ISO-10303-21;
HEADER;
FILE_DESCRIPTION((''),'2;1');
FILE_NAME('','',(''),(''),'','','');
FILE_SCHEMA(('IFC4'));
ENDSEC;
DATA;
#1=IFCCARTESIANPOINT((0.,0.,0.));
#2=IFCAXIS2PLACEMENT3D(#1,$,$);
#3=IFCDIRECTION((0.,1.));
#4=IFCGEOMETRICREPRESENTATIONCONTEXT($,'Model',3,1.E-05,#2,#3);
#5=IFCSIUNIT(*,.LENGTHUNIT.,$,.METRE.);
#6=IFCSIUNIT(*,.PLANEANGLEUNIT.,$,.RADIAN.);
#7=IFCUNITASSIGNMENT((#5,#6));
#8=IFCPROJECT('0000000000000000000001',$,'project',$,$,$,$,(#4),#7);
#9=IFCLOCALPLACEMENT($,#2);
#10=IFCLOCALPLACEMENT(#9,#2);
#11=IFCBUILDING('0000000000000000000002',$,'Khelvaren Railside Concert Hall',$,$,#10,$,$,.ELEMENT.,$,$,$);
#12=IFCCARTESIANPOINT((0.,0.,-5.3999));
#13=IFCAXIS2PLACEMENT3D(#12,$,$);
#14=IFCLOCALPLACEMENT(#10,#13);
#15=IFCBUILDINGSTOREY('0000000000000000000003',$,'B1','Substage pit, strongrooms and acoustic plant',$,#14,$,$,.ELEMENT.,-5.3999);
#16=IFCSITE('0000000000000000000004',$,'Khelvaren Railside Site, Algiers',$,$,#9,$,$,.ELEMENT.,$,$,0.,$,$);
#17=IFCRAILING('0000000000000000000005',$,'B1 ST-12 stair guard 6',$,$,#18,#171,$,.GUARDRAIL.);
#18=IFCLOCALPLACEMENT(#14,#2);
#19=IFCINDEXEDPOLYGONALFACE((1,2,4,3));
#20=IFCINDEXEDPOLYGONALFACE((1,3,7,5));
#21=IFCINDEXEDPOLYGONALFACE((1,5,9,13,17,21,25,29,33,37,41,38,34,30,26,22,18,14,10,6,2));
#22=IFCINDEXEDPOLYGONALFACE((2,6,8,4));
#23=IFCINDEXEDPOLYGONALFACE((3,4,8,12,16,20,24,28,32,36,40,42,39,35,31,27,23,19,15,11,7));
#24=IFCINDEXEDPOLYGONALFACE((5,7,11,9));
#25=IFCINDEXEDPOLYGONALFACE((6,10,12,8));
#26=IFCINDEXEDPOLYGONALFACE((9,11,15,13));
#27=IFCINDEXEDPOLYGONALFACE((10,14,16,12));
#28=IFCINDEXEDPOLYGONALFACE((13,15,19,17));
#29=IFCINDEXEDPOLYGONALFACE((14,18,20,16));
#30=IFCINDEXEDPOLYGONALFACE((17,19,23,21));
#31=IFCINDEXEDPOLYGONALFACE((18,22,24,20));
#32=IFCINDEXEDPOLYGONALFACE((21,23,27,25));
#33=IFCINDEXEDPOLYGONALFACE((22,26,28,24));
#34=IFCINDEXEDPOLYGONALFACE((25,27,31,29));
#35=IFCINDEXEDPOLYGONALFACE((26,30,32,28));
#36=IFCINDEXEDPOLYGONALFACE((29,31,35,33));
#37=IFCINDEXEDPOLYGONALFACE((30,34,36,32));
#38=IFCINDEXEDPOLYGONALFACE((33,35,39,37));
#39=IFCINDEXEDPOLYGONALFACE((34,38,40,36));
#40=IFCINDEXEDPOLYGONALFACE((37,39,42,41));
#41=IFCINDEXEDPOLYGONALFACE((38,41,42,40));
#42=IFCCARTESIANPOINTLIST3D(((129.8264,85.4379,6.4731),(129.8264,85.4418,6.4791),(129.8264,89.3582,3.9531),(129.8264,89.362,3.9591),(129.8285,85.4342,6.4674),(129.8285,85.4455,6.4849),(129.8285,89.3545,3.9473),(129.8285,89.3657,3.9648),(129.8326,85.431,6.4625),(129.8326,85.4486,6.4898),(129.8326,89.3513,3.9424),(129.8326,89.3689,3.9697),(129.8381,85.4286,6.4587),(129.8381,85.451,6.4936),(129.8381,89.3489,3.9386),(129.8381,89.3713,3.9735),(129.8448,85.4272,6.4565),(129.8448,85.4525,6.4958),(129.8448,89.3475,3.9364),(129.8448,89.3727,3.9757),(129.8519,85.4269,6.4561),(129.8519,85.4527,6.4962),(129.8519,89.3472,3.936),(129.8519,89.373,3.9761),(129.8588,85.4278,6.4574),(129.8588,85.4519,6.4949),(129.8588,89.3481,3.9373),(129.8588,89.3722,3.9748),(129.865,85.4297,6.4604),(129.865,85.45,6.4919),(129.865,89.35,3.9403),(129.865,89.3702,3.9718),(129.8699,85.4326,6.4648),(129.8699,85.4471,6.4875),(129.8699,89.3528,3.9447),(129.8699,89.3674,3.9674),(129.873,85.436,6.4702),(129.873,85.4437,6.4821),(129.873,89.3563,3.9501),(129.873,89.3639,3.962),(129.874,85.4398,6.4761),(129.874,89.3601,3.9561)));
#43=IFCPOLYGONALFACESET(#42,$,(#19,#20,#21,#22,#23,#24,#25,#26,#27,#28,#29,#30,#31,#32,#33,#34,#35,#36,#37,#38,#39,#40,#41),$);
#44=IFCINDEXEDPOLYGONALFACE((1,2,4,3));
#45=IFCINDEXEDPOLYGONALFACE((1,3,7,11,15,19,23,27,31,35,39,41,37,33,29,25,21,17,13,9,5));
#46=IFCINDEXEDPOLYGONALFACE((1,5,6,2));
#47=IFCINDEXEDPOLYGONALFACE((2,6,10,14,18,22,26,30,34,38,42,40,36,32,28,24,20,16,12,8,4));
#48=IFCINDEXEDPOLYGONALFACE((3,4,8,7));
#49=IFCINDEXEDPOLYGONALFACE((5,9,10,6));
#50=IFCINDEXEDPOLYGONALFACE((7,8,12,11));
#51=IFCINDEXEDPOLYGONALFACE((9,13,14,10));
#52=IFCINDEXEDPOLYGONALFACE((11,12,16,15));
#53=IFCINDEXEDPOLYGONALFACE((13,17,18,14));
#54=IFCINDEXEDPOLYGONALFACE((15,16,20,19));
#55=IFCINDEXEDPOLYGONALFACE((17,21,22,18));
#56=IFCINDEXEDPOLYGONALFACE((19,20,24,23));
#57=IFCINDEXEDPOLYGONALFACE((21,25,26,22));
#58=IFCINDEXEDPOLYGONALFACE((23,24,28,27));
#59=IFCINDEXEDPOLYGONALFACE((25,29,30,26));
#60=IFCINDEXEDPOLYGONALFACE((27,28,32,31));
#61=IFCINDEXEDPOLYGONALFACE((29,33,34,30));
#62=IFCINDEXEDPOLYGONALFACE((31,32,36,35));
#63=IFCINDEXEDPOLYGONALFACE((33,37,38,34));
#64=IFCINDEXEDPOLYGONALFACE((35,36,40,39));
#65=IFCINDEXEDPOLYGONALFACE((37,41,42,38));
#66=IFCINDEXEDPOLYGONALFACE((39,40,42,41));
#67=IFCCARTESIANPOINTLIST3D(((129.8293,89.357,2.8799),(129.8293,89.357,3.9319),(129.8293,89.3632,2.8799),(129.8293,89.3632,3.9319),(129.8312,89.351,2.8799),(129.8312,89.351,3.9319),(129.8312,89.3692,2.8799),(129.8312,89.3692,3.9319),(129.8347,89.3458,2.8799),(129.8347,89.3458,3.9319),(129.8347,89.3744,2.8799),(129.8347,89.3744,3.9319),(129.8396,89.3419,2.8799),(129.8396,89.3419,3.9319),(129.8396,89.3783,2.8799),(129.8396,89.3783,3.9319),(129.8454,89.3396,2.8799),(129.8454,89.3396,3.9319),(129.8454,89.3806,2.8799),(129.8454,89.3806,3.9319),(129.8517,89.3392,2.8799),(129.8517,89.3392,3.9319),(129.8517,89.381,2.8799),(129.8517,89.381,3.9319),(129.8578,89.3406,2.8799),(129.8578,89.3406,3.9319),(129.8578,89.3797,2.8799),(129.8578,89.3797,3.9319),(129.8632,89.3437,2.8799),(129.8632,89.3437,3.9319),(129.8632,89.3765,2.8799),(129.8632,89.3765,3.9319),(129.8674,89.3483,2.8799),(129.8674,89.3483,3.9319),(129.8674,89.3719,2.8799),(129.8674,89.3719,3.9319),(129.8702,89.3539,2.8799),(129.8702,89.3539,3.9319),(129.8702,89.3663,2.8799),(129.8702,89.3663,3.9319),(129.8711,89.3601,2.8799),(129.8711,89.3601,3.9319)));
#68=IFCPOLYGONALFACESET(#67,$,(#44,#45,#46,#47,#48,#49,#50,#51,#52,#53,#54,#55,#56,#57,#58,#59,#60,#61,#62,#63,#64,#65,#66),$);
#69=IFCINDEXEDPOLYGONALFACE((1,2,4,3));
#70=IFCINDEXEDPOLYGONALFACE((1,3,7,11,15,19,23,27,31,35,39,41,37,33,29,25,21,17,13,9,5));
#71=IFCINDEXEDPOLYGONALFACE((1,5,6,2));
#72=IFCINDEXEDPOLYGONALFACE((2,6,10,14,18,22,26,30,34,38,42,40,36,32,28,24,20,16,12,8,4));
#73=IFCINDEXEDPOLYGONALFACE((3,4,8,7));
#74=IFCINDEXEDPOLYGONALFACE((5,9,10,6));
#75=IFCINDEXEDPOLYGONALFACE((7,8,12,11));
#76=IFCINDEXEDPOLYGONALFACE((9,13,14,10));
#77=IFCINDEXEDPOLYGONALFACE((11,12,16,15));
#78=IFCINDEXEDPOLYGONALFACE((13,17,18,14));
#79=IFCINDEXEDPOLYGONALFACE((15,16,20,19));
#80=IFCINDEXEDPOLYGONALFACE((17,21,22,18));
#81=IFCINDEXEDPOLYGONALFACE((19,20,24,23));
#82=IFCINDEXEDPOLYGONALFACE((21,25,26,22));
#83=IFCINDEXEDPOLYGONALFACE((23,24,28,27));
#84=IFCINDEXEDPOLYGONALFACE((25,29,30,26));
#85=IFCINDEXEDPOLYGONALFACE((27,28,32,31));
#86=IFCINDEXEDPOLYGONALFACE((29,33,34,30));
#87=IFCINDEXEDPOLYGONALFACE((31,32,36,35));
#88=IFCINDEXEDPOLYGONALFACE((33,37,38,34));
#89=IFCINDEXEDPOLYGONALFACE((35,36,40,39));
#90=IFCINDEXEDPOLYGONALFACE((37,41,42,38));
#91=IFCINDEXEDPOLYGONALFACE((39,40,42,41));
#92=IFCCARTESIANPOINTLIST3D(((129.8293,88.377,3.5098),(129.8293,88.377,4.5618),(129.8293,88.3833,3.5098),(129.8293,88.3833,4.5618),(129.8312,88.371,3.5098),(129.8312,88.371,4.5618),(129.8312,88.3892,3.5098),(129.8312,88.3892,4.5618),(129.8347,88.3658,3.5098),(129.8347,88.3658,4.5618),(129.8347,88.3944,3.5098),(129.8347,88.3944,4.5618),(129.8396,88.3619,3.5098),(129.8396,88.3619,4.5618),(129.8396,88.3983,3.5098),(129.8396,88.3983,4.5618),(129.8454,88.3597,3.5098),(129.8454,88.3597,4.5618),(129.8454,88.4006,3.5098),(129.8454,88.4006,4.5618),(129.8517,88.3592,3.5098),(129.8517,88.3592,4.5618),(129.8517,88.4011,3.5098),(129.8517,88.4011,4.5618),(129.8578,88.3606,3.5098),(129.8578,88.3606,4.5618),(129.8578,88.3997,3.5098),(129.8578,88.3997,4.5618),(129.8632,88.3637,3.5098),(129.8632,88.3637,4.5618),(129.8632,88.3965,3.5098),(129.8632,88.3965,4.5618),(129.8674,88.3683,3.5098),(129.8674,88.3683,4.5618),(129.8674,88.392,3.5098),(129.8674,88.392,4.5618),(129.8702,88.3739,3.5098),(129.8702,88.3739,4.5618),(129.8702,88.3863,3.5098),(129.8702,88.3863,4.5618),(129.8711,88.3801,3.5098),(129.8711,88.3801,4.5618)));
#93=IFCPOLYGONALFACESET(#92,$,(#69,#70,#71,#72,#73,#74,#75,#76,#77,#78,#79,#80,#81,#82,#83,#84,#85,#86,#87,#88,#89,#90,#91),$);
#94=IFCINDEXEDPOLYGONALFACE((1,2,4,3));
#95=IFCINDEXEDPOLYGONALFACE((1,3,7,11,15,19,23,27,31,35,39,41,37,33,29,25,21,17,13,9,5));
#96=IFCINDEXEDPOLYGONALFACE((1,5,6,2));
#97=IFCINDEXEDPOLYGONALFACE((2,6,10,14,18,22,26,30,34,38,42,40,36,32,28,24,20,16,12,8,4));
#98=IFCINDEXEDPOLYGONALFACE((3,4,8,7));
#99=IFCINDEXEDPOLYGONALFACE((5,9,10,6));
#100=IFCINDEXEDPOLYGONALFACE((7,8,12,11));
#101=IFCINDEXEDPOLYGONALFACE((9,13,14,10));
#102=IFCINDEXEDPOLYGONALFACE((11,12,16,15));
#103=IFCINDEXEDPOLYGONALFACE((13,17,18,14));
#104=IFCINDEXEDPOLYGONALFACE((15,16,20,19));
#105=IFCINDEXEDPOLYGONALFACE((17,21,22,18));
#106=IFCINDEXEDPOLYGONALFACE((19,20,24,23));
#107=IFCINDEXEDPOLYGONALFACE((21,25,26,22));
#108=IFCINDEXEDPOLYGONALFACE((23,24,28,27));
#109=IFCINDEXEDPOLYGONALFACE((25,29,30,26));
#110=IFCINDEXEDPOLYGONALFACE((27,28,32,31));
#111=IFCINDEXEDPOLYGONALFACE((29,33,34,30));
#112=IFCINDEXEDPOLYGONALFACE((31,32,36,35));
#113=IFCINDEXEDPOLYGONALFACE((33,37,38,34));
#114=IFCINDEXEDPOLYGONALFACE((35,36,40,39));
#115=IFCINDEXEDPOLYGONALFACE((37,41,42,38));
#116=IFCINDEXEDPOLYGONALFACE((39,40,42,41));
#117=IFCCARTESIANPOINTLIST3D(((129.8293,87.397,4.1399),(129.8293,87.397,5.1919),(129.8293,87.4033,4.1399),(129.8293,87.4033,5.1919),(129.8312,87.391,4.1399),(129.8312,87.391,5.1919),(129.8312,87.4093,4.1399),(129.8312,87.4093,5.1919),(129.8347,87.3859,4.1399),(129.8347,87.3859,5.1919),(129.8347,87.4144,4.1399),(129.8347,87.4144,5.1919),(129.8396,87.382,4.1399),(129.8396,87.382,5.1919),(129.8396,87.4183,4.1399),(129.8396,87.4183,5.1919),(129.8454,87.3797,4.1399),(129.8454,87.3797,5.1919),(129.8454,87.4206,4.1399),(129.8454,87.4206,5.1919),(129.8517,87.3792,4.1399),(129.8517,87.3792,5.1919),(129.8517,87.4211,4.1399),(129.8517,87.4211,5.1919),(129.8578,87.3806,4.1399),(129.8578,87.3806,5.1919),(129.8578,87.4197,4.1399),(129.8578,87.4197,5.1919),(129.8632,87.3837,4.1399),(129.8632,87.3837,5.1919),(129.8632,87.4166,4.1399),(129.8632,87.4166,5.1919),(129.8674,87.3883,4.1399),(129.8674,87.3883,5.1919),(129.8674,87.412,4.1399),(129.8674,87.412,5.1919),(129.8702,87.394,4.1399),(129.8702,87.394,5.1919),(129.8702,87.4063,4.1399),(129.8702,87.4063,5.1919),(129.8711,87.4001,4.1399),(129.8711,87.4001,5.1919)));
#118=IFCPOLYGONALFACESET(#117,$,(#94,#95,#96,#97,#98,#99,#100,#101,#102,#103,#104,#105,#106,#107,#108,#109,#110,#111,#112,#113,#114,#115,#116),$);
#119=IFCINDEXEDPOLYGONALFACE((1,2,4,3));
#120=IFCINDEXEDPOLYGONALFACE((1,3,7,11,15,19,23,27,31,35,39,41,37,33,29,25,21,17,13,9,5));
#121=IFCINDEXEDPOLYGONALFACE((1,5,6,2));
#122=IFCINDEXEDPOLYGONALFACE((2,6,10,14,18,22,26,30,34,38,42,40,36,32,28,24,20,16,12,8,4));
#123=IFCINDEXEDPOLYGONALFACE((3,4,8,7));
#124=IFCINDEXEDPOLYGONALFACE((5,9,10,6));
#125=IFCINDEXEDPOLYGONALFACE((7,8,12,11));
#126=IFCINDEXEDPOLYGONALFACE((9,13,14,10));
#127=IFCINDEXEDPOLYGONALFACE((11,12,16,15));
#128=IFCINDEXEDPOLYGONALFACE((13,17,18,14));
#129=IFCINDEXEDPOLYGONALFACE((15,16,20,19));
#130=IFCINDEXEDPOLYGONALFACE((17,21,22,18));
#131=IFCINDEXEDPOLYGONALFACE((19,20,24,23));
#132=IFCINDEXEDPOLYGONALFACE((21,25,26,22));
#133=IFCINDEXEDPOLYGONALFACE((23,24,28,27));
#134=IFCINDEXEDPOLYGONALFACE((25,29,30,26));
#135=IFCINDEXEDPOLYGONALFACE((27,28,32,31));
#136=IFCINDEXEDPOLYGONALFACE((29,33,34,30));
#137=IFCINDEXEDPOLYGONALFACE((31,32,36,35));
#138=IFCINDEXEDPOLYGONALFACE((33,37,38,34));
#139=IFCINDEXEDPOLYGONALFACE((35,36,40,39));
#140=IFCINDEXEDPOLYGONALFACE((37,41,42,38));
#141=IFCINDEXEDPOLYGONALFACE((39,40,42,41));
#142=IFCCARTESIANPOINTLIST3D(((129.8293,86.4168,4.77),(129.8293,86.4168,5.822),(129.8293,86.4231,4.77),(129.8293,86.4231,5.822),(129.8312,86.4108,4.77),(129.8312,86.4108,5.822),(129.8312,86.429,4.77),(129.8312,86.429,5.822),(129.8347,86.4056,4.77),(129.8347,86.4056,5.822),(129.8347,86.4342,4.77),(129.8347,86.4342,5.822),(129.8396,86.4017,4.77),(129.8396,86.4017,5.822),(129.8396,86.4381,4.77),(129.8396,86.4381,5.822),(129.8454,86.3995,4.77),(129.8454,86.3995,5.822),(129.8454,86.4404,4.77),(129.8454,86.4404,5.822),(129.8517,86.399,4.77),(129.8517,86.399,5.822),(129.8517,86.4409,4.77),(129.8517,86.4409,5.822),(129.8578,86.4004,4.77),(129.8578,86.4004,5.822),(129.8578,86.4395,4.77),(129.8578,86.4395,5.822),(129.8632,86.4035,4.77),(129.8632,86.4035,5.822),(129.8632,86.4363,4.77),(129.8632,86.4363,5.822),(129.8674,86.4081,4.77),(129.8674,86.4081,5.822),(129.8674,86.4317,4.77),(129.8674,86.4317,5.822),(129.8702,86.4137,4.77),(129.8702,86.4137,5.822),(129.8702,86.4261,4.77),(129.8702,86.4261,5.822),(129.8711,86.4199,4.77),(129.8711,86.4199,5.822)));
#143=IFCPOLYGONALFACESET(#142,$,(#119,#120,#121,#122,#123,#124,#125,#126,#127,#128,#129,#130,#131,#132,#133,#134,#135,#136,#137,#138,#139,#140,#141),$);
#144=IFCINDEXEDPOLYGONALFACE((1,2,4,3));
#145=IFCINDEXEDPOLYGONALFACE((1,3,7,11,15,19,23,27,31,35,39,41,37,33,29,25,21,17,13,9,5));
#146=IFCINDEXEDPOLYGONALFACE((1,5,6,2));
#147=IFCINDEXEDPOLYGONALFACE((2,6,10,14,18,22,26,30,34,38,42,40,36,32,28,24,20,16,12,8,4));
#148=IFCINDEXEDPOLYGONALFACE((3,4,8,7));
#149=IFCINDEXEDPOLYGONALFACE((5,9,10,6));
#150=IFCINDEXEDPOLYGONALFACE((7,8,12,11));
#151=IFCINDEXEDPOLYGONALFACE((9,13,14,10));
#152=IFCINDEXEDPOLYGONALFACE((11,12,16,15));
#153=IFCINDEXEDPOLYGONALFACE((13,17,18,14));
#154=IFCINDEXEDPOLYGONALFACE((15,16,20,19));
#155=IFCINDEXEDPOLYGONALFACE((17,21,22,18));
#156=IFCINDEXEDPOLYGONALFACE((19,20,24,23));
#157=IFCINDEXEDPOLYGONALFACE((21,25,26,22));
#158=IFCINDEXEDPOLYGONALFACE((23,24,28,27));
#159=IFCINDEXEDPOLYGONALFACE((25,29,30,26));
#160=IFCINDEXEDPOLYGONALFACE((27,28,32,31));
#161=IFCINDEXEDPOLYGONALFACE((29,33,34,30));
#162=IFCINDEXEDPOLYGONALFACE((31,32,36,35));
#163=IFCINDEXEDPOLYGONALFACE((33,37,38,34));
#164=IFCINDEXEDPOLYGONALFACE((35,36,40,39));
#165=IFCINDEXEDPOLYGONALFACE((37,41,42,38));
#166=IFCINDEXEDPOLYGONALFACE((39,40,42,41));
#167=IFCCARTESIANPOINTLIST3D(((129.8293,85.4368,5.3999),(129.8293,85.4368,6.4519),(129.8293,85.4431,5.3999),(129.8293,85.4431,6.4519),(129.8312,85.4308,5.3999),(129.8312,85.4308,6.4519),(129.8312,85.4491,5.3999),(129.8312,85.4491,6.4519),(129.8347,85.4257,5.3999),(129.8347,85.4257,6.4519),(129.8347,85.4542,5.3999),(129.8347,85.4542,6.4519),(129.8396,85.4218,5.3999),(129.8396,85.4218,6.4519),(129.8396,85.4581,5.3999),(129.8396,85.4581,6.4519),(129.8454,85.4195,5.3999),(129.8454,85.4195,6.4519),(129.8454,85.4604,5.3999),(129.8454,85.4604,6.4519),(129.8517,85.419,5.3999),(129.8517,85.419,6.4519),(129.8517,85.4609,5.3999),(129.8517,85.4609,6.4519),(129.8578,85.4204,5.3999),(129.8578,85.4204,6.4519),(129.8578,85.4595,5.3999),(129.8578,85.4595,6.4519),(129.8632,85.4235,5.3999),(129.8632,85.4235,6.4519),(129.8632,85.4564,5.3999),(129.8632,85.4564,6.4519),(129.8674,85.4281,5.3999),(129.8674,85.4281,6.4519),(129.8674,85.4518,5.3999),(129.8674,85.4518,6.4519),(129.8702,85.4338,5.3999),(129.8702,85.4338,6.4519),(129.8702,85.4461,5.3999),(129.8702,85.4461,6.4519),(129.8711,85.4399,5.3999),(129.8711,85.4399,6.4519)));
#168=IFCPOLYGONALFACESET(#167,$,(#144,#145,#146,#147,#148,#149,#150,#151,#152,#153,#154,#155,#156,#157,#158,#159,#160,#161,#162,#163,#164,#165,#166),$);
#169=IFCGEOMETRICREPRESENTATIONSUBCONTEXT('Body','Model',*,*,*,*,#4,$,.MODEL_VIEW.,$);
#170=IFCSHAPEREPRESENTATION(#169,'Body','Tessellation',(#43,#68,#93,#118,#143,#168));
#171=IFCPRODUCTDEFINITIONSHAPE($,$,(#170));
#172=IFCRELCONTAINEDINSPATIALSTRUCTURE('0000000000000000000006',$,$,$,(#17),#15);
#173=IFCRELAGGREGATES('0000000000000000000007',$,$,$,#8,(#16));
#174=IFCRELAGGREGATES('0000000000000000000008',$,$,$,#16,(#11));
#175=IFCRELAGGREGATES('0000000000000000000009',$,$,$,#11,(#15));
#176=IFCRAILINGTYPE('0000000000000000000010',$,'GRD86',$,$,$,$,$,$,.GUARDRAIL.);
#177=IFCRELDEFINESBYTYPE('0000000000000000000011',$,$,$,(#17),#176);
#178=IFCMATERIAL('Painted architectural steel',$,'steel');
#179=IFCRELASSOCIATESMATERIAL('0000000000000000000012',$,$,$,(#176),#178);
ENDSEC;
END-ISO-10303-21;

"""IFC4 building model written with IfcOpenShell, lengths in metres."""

from ifc_helpers import new_model, si_unit, direction, frame, origin, origin_2d, place, context, subcontext, project, spatial, circle, extrude, material, type_object, element, save


model = new_model("IFC4")

# Units and contexts
model_context = context("Model", 3, precision=1e-05, world=origin(), true_north=direction((0.0, 1.0)))
body_context = subcontext(model_context, "Body", "Model", "MODEL_VIEW")
ifc_project = project(units=[si_unit("LENGTHUNIT", "METRE"), si_unit("PLANEANGLEUNIT", "RADIAN")], contexts=[model_context])

# Site, building, storey
site_placement = place(None, origin())
site = spatial("IfcSite", under=ifc_project, at=site_placement, Name="Khelvaren Railside Site, Algiers", CompositionType="ELEMENT", RefElevation=0.0)
building_placement = place(site_placement, origin())
building = spatial("IfcBuilding", under=site, at=building_placement, Name="Khelvaren Railside Concert Hall", CompositionType="ELEMENT")
storey_placement = place(building_placement, frame((0.0, 0.0, -5.3999)))
storey = spatial("IfcBuildingStorey", under=building, at=storey_placement, Name="B1", Description="Substage pit, strongrooms and acoustic plant", CompositionType="ELEMENT", Elevation=-5.3999)

# Railing
ifc_material_1 = material(Name="Painted architectural steel", Category="steel")
railing_type_1 = type_object("IfcRailingType", Name="GRD86", PredefinedType="GUARDRAIL", material=ifc_material_1)
railing_1_placement = place(storey_placement, frame((129.8501, 89.3601, 2.8799)))
element("IfcRailing", 1, at=railing_1_placement, inside=storey, type_object=railing_type_1, Name="B1 ST-12 stair guard 6", PredefinedType="GUARDRAIL", context=body_context, shape_type="SweptSolid", body=[
    extrude(circle(Radius=0.0239, at=origin_2d()), frame((0.0, 0.0, 1.0762), z_axis=(0.0, -0.841187, 0.540744), x_axis=(1.0, 0.0, 0.0)), (0.0, 0.0, 1.0), 4.6604),
    extrude(circle(Radius=0.021, at=origin_2d()), origin(), (0.0, 0.0, 1.0), 1.052),
    extrude(circle(Radius=0.021, at=origin_2d()), frame((0.0, -0.98, 0.6299)), (0.0, 0.0, 1.0), 1.052),
    extrude(circle(Radius=0.021, at=origin_2d()), frame((0.0, -1.96, 1.26)), (0.0, 0.0, 1.0), 1.052),
    extrude(circle(Radius=0.021, at=origin_2d()), frame((0.0, -2.9402, 1.8901)), (0.0, 0.0, 1.0), 1.052),
    extrude(circle(Radius=0.021, at=origin_2d()), frame((0.0, -3.9202, 2.52)), (0.0, 0.0, 1.0), 1.052),
])

save(model, "model.ifc")
